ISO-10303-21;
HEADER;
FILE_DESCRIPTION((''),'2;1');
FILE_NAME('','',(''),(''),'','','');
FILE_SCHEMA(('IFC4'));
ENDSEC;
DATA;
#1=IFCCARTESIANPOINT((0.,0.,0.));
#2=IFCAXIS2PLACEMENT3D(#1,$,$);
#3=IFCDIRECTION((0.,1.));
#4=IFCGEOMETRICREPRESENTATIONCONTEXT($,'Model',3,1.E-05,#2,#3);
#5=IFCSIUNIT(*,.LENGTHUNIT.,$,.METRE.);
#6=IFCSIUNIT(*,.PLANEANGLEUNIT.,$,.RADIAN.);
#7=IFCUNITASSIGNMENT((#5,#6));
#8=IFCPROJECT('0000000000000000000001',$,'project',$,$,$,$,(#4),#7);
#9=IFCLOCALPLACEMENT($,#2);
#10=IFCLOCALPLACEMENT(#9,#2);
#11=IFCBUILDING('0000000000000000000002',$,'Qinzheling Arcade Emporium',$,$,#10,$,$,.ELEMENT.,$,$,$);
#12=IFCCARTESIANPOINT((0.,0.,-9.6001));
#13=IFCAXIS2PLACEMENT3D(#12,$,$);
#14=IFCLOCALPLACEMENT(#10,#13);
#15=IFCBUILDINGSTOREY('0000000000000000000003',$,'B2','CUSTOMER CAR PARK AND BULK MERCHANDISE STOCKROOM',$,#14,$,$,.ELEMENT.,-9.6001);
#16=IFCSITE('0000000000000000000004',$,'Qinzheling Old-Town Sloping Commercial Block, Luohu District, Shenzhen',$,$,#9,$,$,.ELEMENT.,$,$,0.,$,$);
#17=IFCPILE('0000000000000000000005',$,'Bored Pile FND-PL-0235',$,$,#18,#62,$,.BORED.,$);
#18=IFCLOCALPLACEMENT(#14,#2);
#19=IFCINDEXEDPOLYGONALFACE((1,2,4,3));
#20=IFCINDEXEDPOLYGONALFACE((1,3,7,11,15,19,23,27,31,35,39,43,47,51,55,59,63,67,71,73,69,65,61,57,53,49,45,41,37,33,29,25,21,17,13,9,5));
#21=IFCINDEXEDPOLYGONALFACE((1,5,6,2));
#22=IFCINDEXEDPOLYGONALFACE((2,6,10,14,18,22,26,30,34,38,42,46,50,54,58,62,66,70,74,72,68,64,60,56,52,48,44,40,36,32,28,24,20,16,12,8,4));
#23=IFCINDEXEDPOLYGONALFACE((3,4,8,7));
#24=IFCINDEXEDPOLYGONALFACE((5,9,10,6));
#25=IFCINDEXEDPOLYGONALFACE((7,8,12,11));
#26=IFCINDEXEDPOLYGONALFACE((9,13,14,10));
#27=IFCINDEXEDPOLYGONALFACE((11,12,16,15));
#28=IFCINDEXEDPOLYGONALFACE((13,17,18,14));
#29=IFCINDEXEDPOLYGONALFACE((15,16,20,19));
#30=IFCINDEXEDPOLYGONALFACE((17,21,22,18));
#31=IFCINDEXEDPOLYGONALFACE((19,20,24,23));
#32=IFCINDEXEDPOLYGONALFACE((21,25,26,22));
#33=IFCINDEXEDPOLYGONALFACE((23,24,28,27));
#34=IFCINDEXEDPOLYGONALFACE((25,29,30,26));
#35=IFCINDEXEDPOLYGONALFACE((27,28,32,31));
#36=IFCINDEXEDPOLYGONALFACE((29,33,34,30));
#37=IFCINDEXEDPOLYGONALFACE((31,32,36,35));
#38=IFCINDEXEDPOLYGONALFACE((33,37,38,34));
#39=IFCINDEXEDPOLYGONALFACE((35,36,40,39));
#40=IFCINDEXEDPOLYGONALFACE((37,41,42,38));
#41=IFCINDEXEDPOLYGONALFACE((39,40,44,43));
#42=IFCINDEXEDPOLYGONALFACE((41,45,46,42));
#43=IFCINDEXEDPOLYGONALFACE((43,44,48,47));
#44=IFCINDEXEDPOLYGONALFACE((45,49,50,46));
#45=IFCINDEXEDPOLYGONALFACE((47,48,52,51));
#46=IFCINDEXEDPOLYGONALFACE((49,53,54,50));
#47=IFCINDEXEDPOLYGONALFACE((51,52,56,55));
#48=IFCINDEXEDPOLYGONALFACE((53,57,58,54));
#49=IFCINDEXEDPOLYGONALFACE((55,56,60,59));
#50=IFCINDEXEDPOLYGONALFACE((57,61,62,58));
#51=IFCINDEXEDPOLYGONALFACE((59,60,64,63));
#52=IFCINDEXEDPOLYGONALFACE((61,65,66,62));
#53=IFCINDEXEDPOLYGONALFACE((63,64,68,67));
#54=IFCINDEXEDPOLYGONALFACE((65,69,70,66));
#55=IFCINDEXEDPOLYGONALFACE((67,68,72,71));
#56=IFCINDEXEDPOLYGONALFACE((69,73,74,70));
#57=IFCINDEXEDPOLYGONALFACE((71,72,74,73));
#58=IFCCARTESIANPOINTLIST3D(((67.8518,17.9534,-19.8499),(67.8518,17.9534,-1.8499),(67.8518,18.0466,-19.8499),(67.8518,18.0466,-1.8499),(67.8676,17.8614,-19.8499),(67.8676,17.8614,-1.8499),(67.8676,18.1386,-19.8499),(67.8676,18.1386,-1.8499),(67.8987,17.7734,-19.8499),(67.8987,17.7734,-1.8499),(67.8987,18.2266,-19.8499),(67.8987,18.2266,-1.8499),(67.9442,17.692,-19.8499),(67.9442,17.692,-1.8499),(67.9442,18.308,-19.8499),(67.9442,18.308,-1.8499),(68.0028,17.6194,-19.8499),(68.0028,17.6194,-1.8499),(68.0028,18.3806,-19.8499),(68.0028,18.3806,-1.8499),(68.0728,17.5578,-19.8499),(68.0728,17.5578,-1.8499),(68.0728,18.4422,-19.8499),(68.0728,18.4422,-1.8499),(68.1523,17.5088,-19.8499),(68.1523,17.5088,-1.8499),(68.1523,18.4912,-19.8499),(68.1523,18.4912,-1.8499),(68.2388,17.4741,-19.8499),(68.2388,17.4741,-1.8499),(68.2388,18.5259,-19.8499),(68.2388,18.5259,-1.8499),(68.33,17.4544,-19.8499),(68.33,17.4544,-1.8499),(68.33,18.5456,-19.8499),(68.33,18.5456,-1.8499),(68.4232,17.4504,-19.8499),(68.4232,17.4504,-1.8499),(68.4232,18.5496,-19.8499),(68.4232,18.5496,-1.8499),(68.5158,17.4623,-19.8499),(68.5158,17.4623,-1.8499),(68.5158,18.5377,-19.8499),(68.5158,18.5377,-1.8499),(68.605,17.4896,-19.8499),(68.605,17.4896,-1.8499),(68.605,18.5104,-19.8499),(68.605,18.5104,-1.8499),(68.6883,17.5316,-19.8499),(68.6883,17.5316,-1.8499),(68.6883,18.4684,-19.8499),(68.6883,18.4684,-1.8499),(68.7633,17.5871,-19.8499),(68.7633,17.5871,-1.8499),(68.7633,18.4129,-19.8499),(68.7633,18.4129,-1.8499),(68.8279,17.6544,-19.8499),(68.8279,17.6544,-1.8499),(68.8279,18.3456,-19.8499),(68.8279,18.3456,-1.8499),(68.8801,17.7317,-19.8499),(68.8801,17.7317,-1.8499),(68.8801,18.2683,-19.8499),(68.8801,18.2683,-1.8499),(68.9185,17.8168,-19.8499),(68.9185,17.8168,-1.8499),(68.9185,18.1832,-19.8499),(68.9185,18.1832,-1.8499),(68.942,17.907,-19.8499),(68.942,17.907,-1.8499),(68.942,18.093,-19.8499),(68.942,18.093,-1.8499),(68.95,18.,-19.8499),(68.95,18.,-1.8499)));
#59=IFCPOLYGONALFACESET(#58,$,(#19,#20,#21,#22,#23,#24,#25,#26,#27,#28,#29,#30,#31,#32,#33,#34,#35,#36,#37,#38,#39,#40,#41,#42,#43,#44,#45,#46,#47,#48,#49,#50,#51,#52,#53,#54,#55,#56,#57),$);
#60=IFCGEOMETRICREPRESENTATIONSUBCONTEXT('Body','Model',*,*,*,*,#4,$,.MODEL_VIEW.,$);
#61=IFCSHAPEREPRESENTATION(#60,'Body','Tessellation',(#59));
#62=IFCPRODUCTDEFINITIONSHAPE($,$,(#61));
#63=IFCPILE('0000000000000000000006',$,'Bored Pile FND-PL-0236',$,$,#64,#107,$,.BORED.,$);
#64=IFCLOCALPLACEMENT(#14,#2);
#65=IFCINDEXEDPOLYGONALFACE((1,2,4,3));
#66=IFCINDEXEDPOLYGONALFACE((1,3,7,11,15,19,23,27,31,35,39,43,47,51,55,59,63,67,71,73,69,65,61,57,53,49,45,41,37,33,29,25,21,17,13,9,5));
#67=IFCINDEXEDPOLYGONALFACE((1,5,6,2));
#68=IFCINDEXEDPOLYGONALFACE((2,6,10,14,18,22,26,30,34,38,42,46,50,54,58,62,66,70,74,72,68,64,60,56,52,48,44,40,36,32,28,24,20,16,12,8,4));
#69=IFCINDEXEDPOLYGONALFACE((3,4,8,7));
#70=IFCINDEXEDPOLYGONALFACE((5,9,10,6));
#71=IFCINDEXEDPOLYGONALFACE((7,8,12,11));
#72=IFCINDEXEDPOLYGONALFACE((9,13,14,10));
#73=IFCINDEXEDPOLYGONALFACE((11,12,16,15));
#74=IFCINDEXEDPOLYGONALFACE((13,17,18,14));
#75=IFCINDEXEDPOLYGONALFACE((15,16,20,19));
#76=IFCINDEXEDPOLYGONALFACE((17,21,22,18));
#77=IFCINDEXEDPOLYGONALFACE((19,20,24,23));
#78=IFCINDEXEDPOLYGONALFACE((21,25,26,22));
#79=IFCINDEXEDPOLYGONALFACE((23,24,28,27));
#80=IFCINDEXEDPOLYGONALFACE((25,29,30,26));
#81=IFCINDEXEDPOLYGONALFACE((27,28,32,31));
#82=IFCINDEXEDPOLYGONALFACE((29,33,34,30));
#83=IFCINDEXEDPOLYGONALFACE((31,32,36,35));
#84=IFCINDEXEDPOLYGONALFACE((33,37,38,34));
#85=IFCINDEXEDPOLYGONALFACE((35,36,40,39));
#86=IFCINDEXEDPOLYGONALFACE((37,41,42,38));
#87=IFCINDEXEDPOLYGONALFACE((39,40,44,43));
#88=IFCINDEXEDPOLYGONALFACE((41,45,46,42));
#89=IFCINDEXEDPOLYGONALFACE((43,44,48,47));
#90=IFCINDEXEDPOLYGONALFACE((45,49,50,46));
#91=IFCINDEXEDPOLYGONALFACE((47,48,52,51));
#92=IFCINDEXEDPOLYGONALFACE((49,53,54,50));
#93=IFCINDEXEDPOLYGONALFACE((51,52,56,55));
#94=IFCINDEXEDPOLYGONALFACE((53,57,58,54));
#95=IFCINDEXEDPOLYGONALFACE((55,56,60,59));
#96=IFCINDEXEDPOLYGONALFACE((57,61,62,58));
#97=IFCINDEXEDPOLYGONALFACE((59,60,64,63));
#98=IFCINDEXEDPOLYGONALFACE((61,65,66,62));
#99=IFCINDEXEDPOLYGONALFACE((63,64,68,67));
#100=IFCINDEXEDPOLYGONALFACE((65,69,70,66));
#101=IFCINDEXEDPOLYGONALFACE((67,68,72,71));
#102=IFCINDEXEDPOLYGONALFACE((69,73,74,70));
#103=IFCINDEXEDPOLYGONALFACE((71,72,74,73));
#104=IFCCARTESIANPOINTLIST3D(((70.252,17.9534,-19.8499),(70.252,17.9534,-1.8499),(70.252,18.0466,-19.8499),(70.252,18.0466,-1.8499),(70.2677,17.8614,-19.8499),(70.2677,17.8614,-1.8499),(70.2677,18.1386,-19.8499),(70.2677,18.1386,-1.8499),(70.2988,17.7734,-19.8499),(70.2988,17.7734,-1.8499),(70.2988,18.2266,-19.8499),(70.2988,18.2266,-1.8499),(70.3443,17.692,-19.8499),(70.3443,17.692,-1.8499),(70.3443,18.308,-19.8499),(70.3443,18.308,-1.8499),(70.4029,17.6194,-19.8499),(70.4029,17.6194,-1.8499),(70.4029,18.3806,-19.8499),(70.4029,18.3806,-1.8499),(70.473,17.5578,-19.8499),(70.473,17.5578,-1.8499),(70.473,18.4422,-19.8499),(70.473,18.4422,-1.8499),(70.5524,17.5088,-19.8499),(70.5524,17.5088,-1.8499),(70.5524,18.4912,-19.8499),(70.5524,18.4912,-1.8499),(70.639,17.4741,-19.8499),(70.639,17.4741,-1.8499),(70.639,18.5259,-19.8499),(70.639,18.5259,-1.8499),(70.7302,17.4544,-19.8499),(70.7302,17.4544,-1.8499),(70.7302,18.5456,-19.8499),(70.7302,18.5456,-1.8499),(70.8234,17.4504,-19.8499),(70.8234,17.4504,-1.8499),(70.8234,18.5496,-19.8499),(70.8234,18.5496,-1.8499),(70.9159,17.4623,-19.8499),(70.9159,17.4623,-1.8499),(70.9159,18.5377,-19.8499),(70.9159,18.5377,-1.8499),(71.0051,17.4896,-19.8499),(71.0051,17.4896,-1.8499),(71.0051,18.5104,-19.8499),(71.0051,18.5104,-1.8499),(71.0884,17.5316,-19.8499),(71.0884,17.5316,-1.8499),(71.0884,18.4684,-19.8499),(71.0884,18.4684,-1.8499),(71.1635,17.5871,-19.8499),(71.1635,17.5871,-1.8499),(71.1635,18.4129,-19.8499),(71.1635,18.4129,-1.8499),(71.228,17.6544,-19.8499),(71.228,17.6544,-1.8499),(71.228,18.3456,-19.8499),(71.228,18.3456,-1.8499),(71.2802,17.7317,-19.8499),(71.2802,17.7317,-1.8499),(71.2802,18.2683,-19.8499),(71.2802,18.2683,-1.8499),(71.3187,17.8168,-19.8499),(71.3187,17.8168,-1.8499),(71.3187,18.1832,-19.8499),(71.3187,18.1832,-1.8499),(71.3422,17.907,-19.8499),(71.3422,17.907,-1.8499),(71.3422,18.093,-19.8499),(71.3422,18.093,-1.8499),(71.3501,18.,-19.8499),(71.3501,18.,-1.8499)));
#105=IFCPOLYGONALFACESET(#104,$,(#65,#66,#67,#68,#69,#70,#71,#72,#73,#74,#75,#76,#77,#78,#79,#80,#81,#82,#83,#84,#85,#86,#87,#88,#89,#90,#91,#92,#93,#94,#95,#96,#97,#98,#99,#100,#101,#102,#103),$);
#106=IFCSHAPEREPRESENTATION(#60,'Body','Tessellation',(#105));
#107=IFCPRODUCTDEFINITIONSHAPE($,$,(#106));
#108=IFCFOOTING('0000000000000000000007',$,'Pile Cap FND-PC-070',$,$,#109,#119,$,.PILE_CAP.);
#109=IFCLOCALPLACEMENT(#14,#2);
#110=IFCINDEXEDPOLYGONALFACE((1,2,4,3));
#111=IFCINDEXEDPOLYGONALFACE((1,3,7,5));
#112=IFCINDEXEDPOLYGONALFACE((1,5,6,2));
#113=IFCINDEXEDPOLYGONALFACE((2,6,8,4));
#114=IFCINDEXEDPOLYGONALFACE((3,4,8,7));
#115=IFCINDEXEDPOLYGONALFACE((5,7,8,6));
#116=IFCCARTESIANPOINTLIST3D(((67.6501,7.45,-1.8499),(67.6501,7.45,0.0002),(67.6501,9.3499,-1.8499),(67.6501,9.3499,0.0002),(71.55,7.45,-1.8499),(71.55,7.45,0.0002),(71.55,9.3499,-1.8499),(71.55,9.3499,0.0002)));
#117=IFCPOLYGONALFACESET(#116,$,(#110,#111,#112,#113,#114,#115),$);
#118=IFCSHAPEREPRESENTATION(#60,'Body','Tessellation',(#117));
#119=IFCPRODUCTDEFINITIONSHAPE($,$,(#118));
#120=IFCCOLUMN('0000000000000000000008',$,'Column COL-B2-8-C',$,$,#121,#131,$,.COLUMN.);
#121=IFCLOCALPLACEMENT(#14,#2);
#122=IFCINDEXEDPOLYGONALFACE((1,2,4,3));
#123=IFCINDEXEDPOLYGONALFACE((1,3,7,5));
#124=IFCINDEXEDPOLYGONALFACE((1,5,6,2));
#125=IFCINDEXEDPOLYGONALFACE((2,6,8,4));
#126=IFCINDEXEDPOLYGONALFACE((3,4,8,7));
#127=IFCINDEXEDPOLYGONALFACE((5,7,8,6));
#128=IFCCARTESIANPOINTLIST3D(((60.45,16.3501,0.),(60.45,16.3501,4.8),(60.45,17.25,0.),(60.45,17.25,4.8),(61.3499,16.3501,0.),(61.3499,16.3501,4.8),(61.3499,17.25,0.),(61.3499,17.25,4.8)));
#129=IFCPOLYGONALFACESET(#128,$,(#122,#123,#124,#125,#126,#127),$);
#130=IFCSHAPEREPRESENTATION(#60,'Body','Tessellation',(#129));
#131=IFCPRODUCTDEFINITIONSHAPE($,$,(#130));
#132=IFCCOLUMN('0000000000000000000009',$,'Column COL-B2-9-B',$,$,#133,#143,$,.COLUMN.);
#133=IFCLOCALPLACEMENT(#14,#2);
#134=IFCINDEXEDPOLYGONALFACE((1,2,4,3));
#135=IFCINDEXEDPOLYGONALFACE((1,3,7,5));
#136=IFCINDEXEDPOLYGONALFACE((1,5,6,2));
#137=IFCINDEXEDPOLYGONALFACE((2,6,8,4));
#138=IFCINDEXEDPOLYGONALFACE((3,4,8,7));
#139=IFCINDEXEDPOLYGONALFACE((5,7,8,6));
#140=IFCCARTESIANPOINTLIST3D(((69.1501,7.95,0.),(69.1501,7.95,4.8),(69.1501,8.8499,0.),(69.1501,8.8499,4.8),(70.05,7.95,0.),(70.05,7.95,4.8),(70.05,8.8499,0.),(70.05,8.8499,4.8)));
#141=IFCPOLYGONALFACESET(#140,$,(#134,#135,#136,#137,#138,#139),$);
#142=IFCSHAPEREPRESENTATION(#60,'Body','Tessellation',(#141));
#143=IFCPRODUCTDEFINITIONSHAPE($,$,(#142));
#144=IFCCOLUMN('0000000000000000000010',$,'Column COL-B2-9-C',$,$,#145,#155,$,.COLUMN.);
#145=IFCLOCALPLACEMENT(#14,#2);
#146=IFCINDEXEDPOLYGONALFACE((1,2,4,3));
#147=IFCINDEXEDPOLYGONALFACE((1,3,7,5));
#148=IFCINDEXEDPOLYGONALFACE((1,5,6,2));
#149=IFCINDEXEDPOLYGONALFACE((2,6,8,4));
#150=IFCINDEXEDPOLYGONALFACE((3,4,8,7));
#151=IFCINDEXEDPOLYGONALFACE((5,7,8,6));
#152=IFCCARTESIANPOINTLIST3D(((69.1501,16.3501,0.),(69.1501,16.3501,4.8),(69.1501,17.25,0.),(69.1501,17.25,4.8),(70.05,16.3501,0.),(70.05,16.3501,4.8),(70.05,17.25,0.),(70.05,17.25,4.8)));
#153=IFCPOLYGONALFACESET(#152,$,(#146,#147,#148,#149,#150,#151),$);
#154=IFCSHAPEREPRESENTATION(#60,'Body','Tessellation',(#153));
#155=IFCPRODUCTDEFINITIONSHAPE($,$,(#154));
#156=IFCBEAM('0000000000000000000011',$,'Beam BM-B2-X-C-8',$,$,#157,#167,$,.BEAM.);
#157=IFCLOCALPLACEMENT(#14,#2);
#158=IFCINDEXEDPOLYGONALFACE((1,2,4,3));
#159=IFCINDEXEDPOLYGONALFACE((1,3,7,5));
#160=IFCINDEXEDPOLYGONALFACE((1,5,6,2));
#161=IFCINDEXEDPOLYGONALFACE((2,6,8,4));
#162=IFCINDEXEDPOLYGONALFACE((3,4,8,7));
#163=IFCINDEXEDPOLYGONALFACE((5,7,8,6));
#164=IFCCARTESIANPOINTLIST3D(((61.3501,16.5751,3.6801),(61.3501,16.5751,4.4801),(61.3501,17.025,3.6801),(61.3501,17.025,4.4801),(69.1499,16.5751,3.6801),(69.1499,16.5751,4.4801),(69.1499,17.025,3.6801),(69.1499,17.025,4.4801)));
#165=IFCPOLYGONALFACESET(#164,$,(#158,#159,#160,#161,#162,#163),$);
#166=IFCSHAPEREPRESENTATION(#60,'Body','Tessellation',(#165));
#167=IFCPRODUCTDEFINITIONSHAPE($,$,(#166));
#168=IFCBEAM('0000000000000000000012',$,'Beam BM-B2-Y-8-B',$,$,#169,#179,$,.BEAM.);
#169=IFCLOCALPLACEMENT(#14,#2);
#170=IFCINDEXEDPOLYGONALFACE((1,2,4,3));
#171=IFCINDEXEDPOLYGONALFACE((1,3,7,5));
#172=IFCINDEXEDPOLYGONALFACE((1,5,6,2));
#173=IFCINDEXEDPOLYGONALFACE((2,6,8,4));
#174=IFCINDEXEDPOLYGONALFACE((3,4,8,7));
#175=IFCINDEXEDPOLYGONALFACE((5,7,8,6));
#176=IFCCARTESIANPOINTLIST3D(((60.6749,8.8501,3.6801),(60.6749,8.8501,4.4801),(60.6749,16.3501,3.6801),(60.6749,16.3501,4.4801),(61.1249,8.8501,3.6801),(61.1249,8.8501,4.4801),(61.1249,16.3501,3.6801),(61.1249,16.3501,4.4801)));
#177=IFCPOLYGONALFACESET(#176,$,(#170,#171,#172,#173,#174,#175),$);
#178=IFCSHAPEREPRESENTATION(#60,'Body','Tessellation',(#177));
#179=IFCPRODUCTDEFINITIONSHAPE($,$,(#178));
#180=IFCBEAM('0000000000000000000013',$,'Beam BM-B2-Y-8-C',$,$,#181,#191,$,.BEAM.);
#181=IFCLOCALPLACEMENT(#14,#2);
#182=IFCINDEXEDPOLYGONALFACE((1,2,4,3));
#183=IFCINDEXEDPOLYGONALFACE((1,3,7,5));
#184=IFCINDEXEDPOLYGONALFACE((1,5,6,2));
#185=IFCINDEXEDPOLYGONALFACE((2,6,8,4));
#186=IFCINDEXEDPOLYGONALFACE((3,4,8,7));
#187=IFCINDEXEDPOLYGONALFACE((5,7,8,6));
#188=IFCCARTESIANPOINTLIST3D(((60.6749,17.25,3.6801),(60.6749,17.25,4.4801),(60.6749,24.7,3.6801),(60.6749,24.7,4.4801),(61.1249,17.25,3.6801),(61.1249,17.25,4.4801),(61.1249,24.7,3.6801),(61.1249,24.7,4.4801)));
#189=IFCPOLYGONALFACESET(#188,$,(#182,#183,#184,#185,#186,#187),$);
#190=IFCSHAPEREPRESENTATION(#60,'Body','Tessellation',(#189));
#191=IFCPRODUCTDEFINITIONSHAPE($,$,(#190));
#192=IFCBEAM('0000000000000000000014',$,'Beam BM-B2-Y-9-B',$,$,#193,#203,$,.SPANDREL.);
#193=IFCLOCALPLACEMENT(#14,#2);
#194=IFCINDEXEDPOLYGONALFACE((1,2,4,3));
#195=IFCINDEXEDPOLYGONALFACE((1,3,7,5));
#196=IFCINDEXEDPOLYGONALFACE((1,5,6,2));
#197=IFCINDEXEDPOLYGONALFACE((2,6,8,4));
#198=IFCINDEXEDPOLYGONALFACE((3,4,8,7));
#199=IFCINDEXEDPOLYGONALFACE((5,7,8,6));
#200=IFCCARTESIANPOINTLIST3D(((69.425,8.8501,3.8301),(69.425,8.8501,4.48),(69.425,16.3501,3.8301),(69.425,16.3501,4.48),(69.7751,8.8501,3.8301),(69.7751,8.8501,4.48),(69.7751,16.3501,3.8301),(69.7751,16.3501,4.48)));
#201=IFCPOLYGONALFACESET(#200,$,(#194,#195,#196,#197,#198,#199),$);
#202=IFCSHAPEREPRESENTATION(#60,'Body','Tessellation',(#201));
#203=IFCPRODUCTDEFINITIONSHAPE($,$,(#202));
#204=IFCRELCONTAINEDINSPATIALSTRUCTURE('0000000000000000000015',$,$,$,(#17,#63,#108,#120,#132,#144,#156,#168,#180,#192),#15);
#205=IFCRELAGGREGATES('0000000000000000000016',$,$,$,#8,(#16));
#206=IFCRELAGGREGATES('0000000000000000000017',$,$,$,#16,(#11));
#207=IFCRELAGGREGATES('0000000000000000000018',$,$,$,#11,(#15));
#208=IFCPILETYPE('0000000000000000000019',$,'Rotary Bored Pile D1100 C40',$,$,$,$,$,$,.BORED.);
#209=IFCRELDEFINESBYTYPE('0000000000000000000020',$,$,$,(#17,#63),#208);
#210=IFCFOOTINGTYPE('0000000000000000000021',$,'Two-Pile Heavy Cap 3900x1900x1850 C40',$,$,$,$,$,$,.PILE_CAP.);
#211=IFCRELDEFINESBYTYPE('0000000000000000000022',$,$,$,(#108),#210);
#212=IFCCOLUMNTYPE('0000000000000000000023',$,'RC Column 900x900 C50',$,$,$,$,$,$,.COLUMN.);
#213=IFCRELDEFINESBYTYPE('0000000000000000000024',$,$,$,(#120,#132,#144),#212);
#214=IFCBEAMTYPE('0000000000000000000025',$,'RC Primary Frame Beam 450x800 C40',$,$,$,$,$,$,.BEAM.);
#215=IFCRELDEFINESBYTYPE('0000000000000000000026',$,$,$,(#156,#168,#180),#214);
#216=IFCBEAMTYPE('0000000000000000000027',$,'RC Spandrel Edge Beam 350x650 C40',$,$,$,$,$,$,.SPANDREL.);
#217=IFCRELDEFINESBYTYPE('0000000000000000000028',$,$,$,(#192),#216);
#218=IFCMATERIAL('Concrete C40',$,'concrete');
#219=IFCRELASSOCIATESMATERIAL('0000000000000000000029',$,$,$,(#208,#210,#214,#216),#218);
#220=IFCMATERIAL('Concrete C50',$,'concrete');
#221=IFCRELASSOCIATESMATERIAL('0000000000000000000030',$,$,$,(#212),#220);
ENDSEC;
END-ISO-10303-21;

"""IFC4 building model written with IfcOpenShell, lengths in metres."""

from ifc_helpers import new_model, si_unit, direction, frame, origin, origin_2d, place, context, subcontext, project, spatial, rectangle, circle, extrude, material, material_profile, profile_set, type_object, element, save


model = new_model("IFC4")

# Units and contexts
model_context = context("Model", 3, precision=1e-05, world=origin(), true_north=direction((0.0, 1.0)))
body_context = subcontext(model_context, "Body", "Model", "MODEL_VIEW")
ifc_project = project(units=[si_unit("LENGTHUNIT", "METRE"), si_unit("PLANEANGLEUNIT", "RADIAN")], contexts=[model_context])

# Site, building, storey
site_placement = place(None, origin())
site = spatial("IfcSite", under=ifc_project, at=site_placement, Name="Qinzheling Old-Town Sloping Commercial Block, Luohu District, Shenzhen", CompositionType="ELEMENT", RefElevation=0.0)
building_placement = place(site_placement, origin())
building = spatial("IfcBuilding", under=site, at=building_placement, Name="Qinzheling Arcade Emporium", CompositionType="ELEMENT")
storey_placement = place(building_placement, frame((0.0, 0.0, -9.6001)))
storey = spatial("IfcBuildingStorey", under=building, at=storey_placement, Name="B2", Description="CUSTOMER CAR PARK AND BULK MERCHANDISE STOCKROOM", CompositionType="ELEMENT", Elevation=-9.6001)

# Shared definitions
ifc_material_1 = material(Name="Concrete C40", Category="concrete")

# Piles
ifc_material_profile_1 = material_profile(ifc_material_1, circle(Radius=0.55, at=origin_2d()), Name="BORED D1100", Category="concrete")
ifc_profile_set_1 = profile_set([ifc_material_profile_1], Name="Concrete C40")
pile_type = type_object("IfcPileType", Name="Rotary Bored Pile D1100 C40", PredefinedType="BORED", material=ifc_profile_set_1)
for number, where, z_axis, x_axis, name in (
    (1, (68.3999, 18.0, -1.8499), (0.0, 0.0, -1.0), (1.0, 0.0, 0.0), "Bored Pile FND-PL-0235"),
    (2, (70.8, 18.0, -1.8499), (0.0, 0.0, -1.0), (1.0, 0.0, 0.0), "Bored Pile FND-PL-0236"),
):
    element("IfcPile", number, at=place(storey_placement, frame(where, z_axis=z_axis, x_axis=x_axis)), inside=storey, type_object=pile_type, Name=name, PredefinedType="BORED", context=body_context, shape_type="SweptSolid", body=[
        extrude(circle(Radius=0.55, at=origin_2d()), origin(), (0.0, 0.0, 1.0), 18.0),
    ])

# Footing
footing_type_1 = type_object("IfcFootingType", Name="Two-Pile Heavy Cap 3900x1900x1850 C40", PredefinedType="PILE_CAP", material=ifc_material_1)
footing_1_placement = place(storey_placement, frame((69.6001, 8.3999, -1.8499), z_axis=(0.0, 0.0, 1.0), x_axis=(1.0, 0.0, 0.0)))
element("IfcFooting", 3, at=footing_1_placement, inside=storey, type_object=footing_type_1, Name="Pile Cap FND-PC-070", PredefinedType="PILE_CAP", context=body_context, shape_type="SweptSolid", body=[
    extrude(rectangle(XDim=3.8999, YDim=1.8999, at=origin_2d()), origin(), (0.0, 0.0, 1.0), 1.8501),
])

# Columns
ifc_material_2 = material(Name="Concrete C50", Category="concrete")
ifc_material_profile_2 = material_profile(ifc_material_2, rectangle(XDim=0.8999, YDim=0.8999, at=origin_2d()), Name="RC 900x900", Category="concrete")
ifc_profile_set_2 = profile_set([ifc_material_profile_2], Name="Concrete C50")
column_type = type_object("IfcColumnType", Name="RC Column 900x900 C50", PredefinedType="COLUMN", material=ifc_profile_set_2)
for number, where, z_axis, x_axis, name in (
    (4, (60.8999, 16.8, 0.0), (0.0, 0.0, 1.0), (1.0, 0.0, 0.0), "Column COL-B2-8-C"),
    (5, (69.6001, 8.3999, 0.0), (0.0, 0.0, 1.0), (1.0, 0.0, 0.0), "Column COL-B2-9-B"),
    (6, (69.6001, 16.8, 0.0), (0.0, 0.0, 1.0), (1.0, 0.0, 0.0), "Column COL-B2-9-C"),
):
    element("IfcColumn", number, at=place(storey_placement, frame(where, z_axis=z_axis, x_axis=x_axis)), inside=storey, type_object=column_type, Name=name, PredefinedType="COLUMN", context=body_context, shape_type="SweptSolid", body=[
        extrude(rectangle(XDim=0.8999, YDim=0.8999, at=origin_2d()), origin(), (0.0, 0.0, 1.0), 4.8),
    ])

# Beams
ifc_material_profile_3 = material_profile(ifc_material_1, rectangle(XDim=0.45, YDim=0.8, at=origin_2d()), Name="RC 450x800", Category="concrete")
ifc_profile_set_3 = profile_set([ifc_material_profile_3], Name="Concrete C40")
beam_type_1 = type_object("IfcBeamType", Name="RC Primary Frame Beam 450x800 C40", PredefinedType="BEAM", material=ifc_profile_set_3)
beam_1_placement = place(storey_placement, frame((61.3501, 16.8, 4.0801), z_axis=(1.0, 0.0, 0.0), x_axis=(0.0, 1.0, 0.0)))
element("IfcBeam", 7, at=beam_1_placement, inside=storey, type_object=beam_type_1, Name="Beam BM-B2-X-C-8", PredefinedType="BEAM", context=body_context, shape_type="SweptSolid", body=[
    extrude(rectangle(XDim=0.45, YDim=0.8, at=origin_2d()), origin(), (0.0, 0.0, 1.0), 7.7998),
])
beam_2_placement = place(storey_placement, frame((60.8999, 8.8501, 4.0801), z_axis=(0.0, 1.0, 0.0), x_axis=(-1.0, 0.0, 0.0)))
element("IfcBeam", 8, at=beam_2_placement, inside=storey, type_object=beam_type_1, Name="Beam BM-B2-Y-8-B", PredefinedType="BEAM", context=body_context, shape_type="SweptSolid", body=[
    extrude(rectangle(XDim=0.45, YDim=0.8, at=origin_2d()), origin(), (0.0, 0.0, 1.0), 7.5),
])
beam_3_placement = place(storey_placement, frame((60.8999, 17.25, 4.0801), z_axis=(0.0, 1.0, 0.0), x_axis=(-1.0, 0.0, 0.0)))
element("IfcBeam", 9, at=beam_3_placement, inside=storey, type_object=beam_type_1, Name="Beam BM-B2-Y-8-C", PredefinedType="BEAM", context=body_context, shape_type="SweptSolid", body=[
    extrude(rectangle(XDim=0.45, YDim=0.8, at=origin_2d()), origin(), (0.0, 0.0, 1.0), 7.45),
])
ifc_material_profile_4 = material_profile(ifc_material_1, rectangle(XDim=0.3501, YDim=0.6499, at=origin_2d()), Name="RC 350x650", Category="concrete")
ifc_profile_set_4 = profile_set([ifc_material_profile_4], Name="Concrete C40")
beam_type_2 = type_object("IfcBeamType", Name="RC Spandrel Edge Beam 350x650 C40", PredefinedType="SPANDREL", material=ifc_profile_set_4)
beam_4_placement = place(storey_placement, frame((69.6001, 8.8501, 4.155), z_axis=(0.0, 1.0, 0.0), x_axis=(-1.0, 0.0, 0.0)))
element("IfcBeam", 10, at=beam_4_placement, inside=storey, type_object=beam_type_2, Name="Beam BM-B2-Y-9-B", PredefinedType="SPANDREL", context=body_context, shape_type="SweptSolid", body=[
    extrude(rectangle(XDim=0.3501, YDim=0.6499, at=origin_2d()), origin(), (0.0, 0.0, 1.0), 7.5),
])

save(model, "model.ifc")
